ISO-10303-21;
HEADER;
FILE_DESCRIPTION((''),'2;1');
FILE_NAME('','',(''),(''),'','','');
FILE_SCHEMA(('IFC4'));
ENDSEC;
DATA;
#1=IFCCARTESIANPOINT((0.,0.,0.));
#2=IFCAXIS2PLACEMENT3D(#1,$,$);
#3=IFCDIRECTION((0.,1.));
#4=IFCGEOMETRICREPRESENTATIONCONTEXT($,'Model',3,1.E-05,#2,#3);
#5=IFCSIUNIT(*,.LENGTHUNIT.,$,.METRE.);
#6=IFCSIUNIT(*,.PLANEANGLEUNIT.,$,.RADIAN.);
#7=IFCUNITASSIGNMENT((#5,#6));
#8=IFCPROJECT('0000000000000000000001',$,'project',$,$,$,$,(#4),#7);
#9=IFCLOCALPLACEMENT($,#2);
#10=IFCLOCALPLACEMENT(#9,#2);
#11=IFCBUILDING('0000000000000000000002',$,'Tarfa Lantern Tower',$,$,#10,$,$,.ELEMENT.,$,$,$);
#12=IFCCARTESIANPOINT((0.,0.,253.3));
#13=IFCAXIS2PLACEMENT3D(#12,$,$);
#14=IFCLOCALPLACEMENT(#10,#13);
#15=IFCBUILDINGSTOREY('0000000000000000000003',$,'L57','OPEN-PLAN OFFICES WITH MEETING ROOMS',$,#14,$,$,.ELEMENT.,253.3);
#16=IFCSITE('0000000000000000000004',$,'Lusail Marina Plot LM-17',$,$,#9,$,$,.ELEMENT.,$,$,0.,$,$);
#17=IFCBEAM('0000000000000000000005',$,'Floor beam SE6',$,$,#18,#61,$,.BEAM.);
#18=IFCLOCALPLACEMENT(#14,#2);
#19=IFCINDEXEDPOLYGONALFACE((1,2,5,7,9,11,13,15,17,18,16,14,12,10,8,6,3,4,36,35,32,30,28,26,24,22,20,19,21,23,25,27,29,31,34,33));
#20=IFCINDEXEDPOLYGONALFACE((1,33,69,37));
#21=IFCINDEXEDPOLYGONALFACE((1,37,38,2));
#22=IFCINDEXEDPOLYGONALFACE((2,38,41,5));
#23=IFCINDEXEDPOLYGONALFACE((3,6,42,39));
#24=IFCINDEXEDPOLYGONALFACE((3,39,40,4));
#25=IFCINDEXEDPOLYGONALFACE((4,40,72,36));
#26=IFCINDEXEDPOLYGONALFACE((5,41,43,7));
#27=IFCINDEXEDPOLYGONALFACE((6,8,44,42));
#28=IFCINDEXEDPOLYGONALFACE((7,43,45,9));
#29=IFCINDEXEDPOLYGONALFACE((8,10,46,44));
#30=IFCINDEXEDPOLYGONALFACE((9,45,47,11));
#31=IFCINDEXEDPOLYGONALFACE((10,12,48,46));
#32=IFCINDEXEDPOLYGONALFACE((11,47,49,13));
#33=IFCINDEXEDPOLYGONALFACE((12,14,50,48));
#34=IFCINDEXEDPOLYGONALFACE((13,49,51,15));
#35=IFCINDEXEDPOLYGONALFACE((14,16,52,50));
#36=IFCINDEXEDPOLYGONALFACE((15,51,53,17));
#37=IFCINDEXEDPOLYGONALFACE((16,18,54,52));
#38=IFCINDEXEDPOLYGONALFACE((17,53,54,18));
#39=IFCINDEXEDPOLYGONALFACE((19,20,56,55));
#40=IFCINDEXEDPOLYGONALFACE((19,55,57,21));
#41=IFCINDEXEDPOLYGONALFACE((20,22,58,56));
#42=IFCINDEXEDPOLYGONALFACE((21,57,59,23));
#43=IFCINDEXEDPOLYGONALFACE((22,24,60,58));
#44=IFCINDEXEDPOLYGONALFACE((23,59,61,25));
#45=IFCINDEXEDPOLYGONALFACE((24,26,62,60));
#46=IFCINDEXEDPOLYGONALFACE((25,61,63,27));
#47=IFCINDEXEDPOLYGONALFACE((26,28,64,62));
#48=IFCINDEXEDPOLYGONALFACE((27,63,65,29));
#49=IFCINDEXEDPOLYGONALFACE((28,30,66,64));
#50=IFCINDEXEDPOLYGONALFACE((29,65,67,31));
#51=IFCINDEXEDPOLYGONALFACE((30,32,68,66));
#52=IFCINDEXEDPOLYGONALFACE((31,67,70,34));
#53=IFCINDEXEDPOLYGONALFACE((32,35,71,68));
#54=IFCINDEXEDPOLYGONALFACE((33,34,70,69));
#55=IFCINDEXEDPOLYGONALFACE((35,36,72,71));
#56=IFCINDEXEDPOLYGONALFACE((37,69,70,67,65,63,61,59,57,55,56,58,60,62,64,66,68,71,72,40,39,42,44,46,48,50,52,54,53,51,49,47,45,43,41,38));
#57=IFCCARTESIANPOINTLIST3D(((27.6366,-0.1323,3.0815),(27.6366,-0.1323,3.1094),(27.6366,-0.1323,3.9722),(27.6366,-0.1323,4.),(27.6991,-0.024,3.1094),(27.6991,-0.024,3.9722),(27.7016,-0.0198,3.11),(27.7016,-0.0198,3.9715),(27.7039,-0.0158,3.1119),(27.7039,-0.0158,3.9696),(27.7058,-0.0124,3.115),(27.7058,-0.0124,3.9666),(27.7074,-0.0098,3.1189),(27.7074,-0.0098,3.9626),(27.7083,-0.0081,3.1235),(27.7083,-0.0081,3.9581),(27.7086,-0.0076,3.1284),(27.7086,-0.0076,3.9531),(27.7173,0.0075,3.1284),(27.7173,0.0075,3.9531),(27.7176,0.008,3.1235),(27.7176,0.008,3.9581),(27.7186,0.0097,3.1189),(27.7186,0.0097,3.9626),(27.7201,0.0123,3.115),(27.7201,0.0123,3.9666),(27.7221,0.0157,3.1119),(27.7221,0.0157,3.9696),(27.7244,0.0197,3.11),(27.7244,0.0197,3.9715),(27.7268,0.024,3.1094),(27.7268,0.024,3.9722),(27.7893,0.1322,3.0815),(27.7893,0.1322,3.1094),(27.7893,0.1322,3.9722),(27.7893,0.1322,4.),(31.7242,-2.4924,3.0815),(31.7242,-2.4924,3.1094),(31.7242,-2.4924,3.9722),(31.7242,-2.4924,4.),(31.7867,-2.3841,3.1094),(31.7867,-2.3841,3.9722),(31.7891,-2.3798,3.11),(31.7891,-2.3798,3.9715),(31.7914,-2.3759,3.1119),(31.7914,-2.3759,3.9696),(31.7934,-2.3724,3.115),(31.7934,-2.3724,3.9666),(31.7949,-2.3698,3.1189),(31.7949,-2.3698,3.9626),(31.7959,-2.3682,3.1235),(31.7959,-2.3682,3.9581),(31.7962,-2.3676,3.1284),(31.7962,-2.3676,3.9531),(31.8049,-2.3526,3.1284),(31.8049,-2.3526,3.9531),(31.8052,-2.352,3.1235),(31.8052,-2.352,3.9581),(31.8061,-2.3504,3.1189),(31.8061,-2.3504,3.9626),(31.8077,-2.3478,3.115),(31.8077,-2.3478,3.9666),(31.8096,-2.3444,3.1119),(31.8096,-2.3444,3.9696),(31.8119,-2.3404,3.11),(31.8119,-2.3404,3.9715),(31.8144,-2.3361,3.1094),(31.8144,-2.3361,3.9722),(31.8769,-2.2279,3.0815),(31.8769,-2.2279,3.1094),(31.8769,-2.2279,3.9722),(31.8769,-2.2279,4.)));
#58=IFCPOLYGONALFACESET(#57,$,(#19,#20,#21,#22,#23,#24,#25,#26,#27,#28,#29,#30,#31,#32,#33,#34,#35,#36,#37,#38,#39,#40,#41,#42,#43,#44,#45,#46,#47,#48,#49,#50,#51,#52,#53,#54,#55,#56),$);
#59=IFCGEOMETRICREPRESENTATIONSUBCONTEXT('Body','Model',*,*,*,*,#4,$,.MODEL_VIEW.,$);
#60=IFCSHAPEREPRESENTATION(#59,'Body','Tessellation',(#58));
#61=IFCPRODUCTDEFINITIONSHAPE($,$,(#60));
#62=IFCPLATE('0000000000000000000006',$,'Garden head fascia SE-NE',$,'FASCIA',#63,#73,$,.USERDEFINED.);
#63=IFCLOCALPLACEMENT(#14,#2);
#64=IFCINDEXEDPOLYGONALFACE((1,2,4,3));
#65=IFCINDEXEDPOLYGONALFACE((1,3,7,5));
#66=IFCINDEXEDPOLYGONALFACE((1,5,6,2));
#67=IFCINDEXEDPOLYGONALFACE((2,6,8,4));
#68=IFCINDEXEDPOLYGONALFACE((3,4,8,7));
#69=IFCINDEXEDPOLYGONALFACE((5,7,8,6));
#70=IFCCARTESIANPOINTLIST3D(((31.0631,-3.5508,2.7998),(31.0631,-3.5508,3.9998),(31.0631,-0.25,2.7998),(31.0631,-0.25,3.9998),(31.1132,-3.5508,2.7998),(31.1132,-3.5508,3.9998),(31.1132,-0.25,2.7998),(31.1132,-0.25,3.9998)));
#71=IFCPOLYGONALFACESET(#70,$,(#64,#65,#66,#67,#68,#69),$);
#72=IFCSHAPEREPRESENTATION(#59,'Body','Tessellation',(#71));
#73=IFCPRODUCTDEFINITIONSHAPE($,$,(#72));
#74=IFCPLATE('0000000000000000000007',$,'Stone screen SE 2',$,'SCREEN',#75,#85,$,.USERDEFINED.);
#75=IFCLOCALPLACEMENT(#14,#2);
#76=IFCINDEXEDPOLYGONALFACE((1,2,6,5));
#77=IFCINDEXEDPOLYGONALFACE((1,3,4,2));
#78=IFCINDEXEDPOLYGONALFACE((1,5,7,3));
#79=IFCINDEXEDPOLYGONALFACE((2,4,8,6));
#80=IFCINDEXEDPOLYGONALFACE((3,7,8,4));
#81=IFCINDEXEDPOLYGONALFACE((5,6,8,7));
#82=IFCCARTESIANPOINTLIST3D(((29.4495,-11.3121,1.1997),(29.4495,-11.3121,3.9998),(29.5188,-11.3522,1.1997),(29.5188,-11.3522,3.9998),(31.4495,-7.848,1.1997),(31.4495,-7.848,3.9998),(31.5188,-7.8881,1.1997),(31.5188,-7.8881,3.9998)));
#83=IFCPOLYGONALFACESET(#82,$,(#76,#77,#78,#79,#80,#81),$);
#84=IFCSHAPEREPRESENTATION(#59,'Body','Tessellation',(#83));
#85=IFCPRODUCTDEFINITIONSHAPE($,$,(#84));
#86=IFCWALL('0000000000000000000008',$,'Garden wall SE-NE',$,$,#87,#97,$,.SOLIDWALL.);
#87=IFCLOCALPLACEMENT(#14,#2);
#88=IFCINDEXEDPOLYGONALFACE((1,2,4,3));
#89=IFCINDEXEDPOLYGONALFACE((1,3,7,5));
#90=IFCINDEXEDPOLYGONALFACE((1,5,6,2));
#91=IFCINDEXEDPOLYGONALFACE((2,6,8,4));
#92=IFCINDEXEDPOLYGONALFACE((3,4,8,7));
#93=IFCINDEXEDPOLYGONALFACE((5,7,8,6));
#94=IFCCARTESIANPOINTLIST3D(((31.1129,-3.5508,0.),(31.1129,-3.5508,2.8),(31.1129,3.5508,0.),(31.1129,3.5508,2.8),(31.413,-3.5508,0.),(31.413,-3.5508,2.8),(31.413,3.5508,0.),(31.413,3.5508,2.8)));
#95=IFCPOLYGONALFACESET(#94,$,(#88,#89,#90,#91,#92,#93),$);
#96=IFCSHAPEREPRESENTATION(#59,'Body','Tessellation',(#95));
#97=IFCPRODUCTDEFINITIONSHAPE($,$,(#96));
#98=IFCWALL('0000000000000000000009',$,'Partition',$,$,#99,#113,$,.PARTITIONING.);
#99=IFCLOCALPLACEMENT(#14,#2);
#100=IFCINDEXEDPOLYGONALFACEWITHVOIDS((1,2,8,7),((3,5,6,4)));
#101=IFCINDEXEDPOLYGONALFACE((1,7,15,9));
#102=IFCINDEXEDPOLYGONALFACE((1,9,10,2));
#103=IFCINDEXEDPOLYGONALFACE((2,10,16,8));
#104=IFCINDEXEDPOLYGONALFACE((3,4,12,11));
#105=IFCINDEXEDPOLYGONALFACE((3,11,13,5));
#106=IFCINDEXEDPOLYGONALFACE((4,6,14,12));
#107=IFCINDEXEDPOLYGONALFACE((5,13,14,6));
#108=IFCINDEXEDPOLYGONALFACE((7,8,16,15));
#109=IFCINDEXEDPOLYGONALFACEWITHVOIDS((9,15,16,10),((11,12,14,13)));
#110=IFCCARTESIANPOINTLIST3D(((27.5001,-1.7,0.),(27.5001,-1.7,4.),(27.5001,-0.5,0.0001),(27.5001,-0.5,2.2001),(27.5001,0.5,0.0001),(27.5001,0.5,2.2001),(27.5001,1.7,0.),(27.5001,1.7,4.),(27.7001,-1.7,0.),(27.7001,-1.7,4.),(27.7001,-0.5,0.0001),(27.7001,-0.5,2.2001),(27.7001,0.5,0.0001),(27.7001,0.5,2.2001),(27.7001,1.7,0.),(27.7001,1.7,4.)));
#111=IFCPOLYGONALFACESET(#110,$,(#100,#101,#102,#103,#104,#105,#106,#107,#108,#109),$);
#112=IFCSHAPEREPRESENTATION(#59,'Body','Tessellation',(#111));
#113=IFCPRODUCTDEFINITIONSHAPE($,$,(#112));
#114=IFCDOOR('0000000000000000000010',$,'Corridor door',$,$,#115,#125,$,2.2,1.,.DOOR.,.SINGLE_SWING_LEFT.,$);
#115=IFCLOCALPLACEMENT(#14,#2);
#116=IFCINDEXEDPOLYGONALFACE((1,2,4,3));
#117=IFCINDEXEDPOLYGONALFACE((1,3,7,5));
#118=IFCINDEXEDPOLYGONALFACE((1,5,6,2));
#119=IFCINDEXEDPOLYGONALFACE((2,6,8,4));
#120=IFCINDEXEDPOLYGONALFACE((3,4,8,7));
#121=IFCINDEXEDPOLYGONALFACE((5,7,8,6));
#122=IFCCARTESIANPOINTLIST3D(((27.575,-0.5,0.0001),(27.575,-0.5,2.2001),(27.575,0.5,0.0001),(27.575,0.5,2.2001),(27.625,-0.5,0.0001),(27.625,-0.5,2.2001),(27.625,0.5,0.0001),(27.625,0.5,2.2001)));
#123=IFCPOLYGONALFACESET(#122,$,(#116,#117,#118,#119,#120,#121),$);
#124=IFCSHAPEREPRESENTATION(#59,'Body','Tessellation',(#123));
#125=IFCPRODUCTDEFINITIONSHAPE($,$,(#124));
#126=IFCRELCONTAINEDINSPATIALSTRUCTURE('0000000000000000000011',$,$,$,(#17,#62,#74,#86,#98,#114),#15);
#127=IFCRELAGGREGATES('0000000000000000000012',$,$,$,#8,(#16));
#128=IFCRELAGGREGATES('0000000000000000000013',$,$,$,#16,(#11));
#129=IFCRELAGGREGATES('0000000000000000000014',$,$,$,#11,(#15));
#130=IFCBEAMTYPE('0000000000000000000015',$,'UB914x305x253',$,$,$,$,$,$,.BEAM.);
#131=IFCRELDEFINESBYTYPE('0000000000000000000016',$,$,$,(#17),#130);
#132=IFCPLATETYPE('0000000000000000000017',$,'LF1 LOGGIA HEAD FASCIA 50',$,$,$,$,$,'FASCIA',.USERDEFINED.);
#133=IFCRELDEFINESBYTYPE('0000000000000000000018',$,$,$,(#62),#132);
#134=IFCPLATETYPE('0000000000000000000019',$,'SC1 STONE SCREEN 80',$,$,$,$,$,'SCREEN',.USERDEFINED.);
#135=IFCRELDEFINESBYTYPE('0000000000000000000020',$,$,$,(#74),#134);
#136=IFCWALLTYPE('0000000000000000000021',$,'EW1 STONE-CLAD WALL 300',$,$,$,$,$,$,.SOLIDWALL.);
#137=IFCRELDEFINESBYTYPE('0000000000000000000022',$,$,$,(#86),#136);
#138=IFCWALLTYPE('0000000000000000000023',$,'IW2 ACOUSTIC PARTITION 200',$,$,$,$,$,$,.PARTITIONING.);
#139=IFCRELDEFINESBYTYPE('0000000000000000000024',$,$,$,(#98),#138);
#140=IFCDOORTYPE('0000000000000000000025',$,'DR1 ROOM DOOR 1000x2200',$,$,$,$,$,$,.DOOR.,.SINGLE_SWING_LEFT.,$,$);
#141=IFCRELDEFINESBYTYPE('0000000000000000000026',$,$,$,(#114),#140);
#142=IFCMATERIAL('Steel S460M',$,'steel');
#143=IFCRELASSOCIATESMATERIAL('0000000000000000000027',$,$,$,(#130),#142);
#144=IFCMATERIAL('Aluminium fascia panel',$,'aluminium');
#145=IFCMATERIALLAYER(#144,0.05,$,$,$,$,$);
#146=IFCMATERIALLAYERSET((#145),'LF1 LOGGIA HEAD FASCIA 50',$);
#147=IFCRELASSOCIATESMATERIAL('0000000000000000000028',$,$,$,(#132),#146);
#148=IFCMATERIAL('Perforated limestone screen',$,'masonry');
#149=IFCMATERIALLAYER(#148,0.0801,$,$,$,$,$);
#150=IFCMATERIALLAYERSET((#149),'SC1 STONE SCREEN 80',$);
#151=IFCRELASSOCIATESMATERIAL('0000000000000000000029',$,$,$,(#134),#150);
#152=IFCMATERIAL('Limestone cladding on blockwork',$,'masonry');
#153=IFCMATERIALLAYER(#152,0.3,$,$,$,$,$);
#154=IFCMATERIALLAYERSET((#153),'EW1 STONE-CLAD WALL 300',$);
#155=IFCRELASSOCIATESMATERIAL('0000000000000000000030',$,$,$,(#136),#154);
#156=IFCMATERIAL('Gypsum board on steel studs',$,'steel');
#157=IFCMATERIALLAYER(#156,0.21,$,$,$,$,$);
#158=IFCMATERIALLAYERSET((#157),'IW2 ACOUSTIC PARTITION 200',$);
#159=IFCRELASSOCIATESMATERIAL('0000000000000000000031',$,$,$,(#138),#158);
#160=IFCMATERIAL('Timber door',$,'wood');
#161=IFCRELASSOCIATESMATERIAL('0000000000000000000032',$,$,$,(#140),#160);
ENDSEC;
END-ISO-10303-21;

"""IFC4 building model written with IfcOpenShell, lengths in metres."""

from ifc_helpers import new_model, si_unit, direction, frame, frame_2d, origin, origin_2d, place, context, subcontext, project, spatial, rectangle, i_section, extrude, material, layer, layer_set, material_profile, profile_set, type_object, element, fill, save


model = new_model("IFC4")

# Units and contexts
model_context = context("Model", 3, precision=1e-05, world=origin(), true_north=direction((0.0, 1.0)))
body_context = subcontext(model_context, "Body", "Model", "MODEL_VIEW")
ifc_project = project(units=[si_unit("LENGTHUNIT", "METRE"), si_unit("PLANEANGLEUNIT", "RADIAN")], contexts=[model_context])

# Site, building, storey
site_placement = place(None, origin())
site = spatial("IfcSite", under=ifc_project, at=site_placement, Name="Lusail Marina Plot LM-17", CompositionType="ELEMENT", RefElevation=0.0)
building_placement = place(site_placement, origin())
building = spatial("IfcBuilding", under=site, at=building_placement, Name="Tarfa Lantern Tower", CompositionType="ELEMENT")
storey_placement = place(building_placement, frame((0.0, 0.0, 253.3)))
storey = spatial("IfcBuildingStorey", under=building, at=storey_placement, Name="L57", Description="OPEN-PLAN OFFICES WITH MEETING ROOMS", CompositionType="ELEMENT", Elevation=253.3)

# Beam
ifc_material_1 = material(Name="Steel S460M", Category="steel")
ifc_material_profile_1 = material_profile(ifc_material_1, i_section(OverallWidth=0.3054, OverallDepth=0.9185, WebThickness=0.0173, FlangeThickness=0.0278, FilletRadius=0.019, at=origin_2d()), Name="UB914x305x253")
ifc_profile_set_1 = profile_set([ifc_material_profile_1], Name="Steel S460M")
beam_type_1 = type_object("IfcBeamType", Name="UB914x305x253", PredefinedType="BEAM", material=ifc_profile_set_1)
beam_1_placement = place(storey_placement, frame((31.8005, -2.3601, 3.5408), z_axis=(-0.866016, 0.500016, 0.0), x_axis=(-0.500016, -0.866016, 0.0)))
element("IfcBeam", 1, at=beam_1_placement, inside=storey, type_object=beam_type_1, Name="Floor beam SE6", PredefinedType="BEAM", context=body_context, shape_type="SweptSolid", body=[
    extrude(i_section(OverallWidth=0.3054, OverallDepth=0.9185, WebThickness=0.0173, FlangeThickness=0.0278, FilletRadius=0.019, at=origin_2d()), origin(), (0.0, 0.0, 1.0), 4.72),
])

# Plates
ifc_material_2 = material(Name="Aluminium fascia panel", Category="aluminium")
ifc_layer_1 = layer(ifc_material_2, 0.05)
ifc_layer_set_1 = layer_set([ifc_layer_1], Name="LF1 LOGGIA HEAD FASCIA 50")
plate_type_1 = type_object("IfcPlateType", Name="LF1 LOGGIA HEAD FASCIA 50", ElementType="FASCIA", PredefinedType="USERDEFINED", material=ifc_layer_set_1)
plate_1_placement = place(storey_placement, frame((31.0881, -1.9004, 2.7998), z_axis=(0.0, 0.0, 1.0), x_axis=(0.0, 1.0, 0.0)))
element("IfcPlate", 2, at=plate_1_placement, inside=storey, type_object=plate_type_1, Name="Garden head fascia SE-NE", ObjectType="FASCIA", PredefinedType="USERDEFINED", context=body_context, shape_type="SweptSolid", body=[
    extrude(rectangle(XDim=3.3008, YDim=0.05, at=origin_2d()), origin(), (0.0, 0.0, 1.0), 1.2),
])
ifc_material_3 = material(Name="Perforated limestone screen", Category="masonry")
ifc_layer_2 = layer(ifc_material_3, 0.0801)
ifc_layer_set_2 = layer_set([ifc_layer_2], Name="SC1 STONE SCREEN 80")
plate_type_2 = type_object("IfcPlateType", Name="SC1 STONE SCREEN 80", ElementType="SCREEN", PredefinedType="USERDEFINED", material=ifc_layer_set_2)
plate_2_placement = place(storey_placement, frame((30.4841, -9.6001, 1.1997), z_axis=(0.0, 0.0, 1.0), x_axis=(0.5, 0.866025, 0.0)))
element("IfcPlate", 3, at=plate_2_placement, inside=storey, type_object=plate_type_2, Name="Stone screen SE 2", ObjectType="SCREEN", PredefinedType="USERDEFINED", context=body_context, shape_type="SweptSolid", body=[
    extrude(rectangle(XDim=4.0, YDim=0.0801, at=origin_2d()), origin(), (0.0, 0.0, 1.0), 2.8),
])

# Wall
ifc_material_4 = material(Name="Limestone cladding on blockwork", Category="masonry")
ifc_layer_3 = layer(ifc_material_4, 0.3)
ifc_layer_set_3 = layer_set([ifc_layer_3], Name="EW1 STONE-CLAD WALL 300")
wall_type_1 = type_object("IfcWallType", Name="EW1 STONE-CLAD WALL 300", PredefinedType="SOLIDWALL", material=ifc_layer_set_3)
wall_1_placement = place(storey_placement, frame((31.2629, -3.5508, 0.0), z_axis=(0.0, 0.0, 1.0), x_axis=(0.0, 1.0, 0.0)))
element("IfcWall", 4, at=wall_1_placement, inside=storey, type_object=wall_type_1, Name="Garden wall SE-NE", PredefinedType="SOLIDWALL", context=body_context, shape_type="SweptSolid", body=[
    extrude(rectangle(XDim=7.1016, YDim=0.3, at=frame_2d((3.5508, 0.0))), origin(), (0.0, 0.0, 1.0), 2.8),
])

# Wall, opening, door
ifc_material_5 = material(Name="Gypsum board on steel studs", Category="steel")
ifc_layer_4 = layer(ifc_material_5, 0.21)
ifc_layer_set_4 = layer_set([ifc_layer_4], Name="IW2 ACOUSTIC PARTITION 200")
wall_type_2 = type_object("IfcWallType", Name="IW2 ACOUSTIC PARTITION 200", PredefinedType="PARTITIONING", material=ifc_layer_set_4)
wall_2_placement = place(storey_placement, frame((27.6001, -1.7, 0.0), z_axis=(0.0, 0.0, 1.0), x_axis=(0.0, 1.0, 0.0)))
wall_2 = element("IfcWall", 5, at=wall_2_placement, inside=storey, type_object=wall_type_2, Name="Partition", PredefinedType="PARTITIONING", context=body_context, shape_type="SweptSolid", body=[
    extrude(rectangle(XDim=3.3999, YDim=0.2, at=frame_2d((1.7, 0.0))), origin(), (0.0, 0.0, 1.0), 4.0),
])
opening_placement = place(wall_2_placement, frame((1.2, 0.0, 0.0)))
opening = element("IfcOpeningElement", 6, at=opening_placement, cuts=wall_2, PredefinedType="OPENING", context=body_context, shape_type="SweptSolid", body=[
    extrude(rectangle(XDim=1.0, YDim=2.2, at=frame_2d((0.5, 1.1001))), frame((0.0, 0.1099, 0.0), z_axis=(0.0, -1.0, 0.0), x_axis=(1.0, 0.0, 0.0)), (0.0, 0.0, 1.0), 0.22),
])
ifc_material_6 = material(Name="Timber door", Category="wood")
door_type = type_object("IfcDoorType", Name="DR1 ROOM DOOR 1000x2200", OperationType="SINGLE_SWING_LEFT", PredefinedType="DOOR", material=ifc_material_6)
door_placement = place(opening_placement, frame((1.0, 0.0, 0.0), z_axis=(0.0, 0.0, 1.0), x_axis=(-1.0, 0.0, 0.0)))
door = element("IfcDoor", 7, at=door_placement, inside=storey, type_object=door_type, Name="Corridor door", OperationType="SINGLE_SWING_LEFT", OverallHeight=2.2, OverallWidth=1.0, PredefinedType="DOOR", context=body_context, shape_type="SweptSolid", body=[
    extrude(rectangle(XDim=1.0, YDim=2.2, at=frame_2d((0.5, 1.1001))), frame((0.0, 0.0249, 0.0), z_axis=(0.0, -1.0, 0.0), x_axis=(1.0, 0.0, 0.0)), (0.0, 0.0, 1.0), 0.05),
])
fill(opening, door)

save(model, "model.ifc")
